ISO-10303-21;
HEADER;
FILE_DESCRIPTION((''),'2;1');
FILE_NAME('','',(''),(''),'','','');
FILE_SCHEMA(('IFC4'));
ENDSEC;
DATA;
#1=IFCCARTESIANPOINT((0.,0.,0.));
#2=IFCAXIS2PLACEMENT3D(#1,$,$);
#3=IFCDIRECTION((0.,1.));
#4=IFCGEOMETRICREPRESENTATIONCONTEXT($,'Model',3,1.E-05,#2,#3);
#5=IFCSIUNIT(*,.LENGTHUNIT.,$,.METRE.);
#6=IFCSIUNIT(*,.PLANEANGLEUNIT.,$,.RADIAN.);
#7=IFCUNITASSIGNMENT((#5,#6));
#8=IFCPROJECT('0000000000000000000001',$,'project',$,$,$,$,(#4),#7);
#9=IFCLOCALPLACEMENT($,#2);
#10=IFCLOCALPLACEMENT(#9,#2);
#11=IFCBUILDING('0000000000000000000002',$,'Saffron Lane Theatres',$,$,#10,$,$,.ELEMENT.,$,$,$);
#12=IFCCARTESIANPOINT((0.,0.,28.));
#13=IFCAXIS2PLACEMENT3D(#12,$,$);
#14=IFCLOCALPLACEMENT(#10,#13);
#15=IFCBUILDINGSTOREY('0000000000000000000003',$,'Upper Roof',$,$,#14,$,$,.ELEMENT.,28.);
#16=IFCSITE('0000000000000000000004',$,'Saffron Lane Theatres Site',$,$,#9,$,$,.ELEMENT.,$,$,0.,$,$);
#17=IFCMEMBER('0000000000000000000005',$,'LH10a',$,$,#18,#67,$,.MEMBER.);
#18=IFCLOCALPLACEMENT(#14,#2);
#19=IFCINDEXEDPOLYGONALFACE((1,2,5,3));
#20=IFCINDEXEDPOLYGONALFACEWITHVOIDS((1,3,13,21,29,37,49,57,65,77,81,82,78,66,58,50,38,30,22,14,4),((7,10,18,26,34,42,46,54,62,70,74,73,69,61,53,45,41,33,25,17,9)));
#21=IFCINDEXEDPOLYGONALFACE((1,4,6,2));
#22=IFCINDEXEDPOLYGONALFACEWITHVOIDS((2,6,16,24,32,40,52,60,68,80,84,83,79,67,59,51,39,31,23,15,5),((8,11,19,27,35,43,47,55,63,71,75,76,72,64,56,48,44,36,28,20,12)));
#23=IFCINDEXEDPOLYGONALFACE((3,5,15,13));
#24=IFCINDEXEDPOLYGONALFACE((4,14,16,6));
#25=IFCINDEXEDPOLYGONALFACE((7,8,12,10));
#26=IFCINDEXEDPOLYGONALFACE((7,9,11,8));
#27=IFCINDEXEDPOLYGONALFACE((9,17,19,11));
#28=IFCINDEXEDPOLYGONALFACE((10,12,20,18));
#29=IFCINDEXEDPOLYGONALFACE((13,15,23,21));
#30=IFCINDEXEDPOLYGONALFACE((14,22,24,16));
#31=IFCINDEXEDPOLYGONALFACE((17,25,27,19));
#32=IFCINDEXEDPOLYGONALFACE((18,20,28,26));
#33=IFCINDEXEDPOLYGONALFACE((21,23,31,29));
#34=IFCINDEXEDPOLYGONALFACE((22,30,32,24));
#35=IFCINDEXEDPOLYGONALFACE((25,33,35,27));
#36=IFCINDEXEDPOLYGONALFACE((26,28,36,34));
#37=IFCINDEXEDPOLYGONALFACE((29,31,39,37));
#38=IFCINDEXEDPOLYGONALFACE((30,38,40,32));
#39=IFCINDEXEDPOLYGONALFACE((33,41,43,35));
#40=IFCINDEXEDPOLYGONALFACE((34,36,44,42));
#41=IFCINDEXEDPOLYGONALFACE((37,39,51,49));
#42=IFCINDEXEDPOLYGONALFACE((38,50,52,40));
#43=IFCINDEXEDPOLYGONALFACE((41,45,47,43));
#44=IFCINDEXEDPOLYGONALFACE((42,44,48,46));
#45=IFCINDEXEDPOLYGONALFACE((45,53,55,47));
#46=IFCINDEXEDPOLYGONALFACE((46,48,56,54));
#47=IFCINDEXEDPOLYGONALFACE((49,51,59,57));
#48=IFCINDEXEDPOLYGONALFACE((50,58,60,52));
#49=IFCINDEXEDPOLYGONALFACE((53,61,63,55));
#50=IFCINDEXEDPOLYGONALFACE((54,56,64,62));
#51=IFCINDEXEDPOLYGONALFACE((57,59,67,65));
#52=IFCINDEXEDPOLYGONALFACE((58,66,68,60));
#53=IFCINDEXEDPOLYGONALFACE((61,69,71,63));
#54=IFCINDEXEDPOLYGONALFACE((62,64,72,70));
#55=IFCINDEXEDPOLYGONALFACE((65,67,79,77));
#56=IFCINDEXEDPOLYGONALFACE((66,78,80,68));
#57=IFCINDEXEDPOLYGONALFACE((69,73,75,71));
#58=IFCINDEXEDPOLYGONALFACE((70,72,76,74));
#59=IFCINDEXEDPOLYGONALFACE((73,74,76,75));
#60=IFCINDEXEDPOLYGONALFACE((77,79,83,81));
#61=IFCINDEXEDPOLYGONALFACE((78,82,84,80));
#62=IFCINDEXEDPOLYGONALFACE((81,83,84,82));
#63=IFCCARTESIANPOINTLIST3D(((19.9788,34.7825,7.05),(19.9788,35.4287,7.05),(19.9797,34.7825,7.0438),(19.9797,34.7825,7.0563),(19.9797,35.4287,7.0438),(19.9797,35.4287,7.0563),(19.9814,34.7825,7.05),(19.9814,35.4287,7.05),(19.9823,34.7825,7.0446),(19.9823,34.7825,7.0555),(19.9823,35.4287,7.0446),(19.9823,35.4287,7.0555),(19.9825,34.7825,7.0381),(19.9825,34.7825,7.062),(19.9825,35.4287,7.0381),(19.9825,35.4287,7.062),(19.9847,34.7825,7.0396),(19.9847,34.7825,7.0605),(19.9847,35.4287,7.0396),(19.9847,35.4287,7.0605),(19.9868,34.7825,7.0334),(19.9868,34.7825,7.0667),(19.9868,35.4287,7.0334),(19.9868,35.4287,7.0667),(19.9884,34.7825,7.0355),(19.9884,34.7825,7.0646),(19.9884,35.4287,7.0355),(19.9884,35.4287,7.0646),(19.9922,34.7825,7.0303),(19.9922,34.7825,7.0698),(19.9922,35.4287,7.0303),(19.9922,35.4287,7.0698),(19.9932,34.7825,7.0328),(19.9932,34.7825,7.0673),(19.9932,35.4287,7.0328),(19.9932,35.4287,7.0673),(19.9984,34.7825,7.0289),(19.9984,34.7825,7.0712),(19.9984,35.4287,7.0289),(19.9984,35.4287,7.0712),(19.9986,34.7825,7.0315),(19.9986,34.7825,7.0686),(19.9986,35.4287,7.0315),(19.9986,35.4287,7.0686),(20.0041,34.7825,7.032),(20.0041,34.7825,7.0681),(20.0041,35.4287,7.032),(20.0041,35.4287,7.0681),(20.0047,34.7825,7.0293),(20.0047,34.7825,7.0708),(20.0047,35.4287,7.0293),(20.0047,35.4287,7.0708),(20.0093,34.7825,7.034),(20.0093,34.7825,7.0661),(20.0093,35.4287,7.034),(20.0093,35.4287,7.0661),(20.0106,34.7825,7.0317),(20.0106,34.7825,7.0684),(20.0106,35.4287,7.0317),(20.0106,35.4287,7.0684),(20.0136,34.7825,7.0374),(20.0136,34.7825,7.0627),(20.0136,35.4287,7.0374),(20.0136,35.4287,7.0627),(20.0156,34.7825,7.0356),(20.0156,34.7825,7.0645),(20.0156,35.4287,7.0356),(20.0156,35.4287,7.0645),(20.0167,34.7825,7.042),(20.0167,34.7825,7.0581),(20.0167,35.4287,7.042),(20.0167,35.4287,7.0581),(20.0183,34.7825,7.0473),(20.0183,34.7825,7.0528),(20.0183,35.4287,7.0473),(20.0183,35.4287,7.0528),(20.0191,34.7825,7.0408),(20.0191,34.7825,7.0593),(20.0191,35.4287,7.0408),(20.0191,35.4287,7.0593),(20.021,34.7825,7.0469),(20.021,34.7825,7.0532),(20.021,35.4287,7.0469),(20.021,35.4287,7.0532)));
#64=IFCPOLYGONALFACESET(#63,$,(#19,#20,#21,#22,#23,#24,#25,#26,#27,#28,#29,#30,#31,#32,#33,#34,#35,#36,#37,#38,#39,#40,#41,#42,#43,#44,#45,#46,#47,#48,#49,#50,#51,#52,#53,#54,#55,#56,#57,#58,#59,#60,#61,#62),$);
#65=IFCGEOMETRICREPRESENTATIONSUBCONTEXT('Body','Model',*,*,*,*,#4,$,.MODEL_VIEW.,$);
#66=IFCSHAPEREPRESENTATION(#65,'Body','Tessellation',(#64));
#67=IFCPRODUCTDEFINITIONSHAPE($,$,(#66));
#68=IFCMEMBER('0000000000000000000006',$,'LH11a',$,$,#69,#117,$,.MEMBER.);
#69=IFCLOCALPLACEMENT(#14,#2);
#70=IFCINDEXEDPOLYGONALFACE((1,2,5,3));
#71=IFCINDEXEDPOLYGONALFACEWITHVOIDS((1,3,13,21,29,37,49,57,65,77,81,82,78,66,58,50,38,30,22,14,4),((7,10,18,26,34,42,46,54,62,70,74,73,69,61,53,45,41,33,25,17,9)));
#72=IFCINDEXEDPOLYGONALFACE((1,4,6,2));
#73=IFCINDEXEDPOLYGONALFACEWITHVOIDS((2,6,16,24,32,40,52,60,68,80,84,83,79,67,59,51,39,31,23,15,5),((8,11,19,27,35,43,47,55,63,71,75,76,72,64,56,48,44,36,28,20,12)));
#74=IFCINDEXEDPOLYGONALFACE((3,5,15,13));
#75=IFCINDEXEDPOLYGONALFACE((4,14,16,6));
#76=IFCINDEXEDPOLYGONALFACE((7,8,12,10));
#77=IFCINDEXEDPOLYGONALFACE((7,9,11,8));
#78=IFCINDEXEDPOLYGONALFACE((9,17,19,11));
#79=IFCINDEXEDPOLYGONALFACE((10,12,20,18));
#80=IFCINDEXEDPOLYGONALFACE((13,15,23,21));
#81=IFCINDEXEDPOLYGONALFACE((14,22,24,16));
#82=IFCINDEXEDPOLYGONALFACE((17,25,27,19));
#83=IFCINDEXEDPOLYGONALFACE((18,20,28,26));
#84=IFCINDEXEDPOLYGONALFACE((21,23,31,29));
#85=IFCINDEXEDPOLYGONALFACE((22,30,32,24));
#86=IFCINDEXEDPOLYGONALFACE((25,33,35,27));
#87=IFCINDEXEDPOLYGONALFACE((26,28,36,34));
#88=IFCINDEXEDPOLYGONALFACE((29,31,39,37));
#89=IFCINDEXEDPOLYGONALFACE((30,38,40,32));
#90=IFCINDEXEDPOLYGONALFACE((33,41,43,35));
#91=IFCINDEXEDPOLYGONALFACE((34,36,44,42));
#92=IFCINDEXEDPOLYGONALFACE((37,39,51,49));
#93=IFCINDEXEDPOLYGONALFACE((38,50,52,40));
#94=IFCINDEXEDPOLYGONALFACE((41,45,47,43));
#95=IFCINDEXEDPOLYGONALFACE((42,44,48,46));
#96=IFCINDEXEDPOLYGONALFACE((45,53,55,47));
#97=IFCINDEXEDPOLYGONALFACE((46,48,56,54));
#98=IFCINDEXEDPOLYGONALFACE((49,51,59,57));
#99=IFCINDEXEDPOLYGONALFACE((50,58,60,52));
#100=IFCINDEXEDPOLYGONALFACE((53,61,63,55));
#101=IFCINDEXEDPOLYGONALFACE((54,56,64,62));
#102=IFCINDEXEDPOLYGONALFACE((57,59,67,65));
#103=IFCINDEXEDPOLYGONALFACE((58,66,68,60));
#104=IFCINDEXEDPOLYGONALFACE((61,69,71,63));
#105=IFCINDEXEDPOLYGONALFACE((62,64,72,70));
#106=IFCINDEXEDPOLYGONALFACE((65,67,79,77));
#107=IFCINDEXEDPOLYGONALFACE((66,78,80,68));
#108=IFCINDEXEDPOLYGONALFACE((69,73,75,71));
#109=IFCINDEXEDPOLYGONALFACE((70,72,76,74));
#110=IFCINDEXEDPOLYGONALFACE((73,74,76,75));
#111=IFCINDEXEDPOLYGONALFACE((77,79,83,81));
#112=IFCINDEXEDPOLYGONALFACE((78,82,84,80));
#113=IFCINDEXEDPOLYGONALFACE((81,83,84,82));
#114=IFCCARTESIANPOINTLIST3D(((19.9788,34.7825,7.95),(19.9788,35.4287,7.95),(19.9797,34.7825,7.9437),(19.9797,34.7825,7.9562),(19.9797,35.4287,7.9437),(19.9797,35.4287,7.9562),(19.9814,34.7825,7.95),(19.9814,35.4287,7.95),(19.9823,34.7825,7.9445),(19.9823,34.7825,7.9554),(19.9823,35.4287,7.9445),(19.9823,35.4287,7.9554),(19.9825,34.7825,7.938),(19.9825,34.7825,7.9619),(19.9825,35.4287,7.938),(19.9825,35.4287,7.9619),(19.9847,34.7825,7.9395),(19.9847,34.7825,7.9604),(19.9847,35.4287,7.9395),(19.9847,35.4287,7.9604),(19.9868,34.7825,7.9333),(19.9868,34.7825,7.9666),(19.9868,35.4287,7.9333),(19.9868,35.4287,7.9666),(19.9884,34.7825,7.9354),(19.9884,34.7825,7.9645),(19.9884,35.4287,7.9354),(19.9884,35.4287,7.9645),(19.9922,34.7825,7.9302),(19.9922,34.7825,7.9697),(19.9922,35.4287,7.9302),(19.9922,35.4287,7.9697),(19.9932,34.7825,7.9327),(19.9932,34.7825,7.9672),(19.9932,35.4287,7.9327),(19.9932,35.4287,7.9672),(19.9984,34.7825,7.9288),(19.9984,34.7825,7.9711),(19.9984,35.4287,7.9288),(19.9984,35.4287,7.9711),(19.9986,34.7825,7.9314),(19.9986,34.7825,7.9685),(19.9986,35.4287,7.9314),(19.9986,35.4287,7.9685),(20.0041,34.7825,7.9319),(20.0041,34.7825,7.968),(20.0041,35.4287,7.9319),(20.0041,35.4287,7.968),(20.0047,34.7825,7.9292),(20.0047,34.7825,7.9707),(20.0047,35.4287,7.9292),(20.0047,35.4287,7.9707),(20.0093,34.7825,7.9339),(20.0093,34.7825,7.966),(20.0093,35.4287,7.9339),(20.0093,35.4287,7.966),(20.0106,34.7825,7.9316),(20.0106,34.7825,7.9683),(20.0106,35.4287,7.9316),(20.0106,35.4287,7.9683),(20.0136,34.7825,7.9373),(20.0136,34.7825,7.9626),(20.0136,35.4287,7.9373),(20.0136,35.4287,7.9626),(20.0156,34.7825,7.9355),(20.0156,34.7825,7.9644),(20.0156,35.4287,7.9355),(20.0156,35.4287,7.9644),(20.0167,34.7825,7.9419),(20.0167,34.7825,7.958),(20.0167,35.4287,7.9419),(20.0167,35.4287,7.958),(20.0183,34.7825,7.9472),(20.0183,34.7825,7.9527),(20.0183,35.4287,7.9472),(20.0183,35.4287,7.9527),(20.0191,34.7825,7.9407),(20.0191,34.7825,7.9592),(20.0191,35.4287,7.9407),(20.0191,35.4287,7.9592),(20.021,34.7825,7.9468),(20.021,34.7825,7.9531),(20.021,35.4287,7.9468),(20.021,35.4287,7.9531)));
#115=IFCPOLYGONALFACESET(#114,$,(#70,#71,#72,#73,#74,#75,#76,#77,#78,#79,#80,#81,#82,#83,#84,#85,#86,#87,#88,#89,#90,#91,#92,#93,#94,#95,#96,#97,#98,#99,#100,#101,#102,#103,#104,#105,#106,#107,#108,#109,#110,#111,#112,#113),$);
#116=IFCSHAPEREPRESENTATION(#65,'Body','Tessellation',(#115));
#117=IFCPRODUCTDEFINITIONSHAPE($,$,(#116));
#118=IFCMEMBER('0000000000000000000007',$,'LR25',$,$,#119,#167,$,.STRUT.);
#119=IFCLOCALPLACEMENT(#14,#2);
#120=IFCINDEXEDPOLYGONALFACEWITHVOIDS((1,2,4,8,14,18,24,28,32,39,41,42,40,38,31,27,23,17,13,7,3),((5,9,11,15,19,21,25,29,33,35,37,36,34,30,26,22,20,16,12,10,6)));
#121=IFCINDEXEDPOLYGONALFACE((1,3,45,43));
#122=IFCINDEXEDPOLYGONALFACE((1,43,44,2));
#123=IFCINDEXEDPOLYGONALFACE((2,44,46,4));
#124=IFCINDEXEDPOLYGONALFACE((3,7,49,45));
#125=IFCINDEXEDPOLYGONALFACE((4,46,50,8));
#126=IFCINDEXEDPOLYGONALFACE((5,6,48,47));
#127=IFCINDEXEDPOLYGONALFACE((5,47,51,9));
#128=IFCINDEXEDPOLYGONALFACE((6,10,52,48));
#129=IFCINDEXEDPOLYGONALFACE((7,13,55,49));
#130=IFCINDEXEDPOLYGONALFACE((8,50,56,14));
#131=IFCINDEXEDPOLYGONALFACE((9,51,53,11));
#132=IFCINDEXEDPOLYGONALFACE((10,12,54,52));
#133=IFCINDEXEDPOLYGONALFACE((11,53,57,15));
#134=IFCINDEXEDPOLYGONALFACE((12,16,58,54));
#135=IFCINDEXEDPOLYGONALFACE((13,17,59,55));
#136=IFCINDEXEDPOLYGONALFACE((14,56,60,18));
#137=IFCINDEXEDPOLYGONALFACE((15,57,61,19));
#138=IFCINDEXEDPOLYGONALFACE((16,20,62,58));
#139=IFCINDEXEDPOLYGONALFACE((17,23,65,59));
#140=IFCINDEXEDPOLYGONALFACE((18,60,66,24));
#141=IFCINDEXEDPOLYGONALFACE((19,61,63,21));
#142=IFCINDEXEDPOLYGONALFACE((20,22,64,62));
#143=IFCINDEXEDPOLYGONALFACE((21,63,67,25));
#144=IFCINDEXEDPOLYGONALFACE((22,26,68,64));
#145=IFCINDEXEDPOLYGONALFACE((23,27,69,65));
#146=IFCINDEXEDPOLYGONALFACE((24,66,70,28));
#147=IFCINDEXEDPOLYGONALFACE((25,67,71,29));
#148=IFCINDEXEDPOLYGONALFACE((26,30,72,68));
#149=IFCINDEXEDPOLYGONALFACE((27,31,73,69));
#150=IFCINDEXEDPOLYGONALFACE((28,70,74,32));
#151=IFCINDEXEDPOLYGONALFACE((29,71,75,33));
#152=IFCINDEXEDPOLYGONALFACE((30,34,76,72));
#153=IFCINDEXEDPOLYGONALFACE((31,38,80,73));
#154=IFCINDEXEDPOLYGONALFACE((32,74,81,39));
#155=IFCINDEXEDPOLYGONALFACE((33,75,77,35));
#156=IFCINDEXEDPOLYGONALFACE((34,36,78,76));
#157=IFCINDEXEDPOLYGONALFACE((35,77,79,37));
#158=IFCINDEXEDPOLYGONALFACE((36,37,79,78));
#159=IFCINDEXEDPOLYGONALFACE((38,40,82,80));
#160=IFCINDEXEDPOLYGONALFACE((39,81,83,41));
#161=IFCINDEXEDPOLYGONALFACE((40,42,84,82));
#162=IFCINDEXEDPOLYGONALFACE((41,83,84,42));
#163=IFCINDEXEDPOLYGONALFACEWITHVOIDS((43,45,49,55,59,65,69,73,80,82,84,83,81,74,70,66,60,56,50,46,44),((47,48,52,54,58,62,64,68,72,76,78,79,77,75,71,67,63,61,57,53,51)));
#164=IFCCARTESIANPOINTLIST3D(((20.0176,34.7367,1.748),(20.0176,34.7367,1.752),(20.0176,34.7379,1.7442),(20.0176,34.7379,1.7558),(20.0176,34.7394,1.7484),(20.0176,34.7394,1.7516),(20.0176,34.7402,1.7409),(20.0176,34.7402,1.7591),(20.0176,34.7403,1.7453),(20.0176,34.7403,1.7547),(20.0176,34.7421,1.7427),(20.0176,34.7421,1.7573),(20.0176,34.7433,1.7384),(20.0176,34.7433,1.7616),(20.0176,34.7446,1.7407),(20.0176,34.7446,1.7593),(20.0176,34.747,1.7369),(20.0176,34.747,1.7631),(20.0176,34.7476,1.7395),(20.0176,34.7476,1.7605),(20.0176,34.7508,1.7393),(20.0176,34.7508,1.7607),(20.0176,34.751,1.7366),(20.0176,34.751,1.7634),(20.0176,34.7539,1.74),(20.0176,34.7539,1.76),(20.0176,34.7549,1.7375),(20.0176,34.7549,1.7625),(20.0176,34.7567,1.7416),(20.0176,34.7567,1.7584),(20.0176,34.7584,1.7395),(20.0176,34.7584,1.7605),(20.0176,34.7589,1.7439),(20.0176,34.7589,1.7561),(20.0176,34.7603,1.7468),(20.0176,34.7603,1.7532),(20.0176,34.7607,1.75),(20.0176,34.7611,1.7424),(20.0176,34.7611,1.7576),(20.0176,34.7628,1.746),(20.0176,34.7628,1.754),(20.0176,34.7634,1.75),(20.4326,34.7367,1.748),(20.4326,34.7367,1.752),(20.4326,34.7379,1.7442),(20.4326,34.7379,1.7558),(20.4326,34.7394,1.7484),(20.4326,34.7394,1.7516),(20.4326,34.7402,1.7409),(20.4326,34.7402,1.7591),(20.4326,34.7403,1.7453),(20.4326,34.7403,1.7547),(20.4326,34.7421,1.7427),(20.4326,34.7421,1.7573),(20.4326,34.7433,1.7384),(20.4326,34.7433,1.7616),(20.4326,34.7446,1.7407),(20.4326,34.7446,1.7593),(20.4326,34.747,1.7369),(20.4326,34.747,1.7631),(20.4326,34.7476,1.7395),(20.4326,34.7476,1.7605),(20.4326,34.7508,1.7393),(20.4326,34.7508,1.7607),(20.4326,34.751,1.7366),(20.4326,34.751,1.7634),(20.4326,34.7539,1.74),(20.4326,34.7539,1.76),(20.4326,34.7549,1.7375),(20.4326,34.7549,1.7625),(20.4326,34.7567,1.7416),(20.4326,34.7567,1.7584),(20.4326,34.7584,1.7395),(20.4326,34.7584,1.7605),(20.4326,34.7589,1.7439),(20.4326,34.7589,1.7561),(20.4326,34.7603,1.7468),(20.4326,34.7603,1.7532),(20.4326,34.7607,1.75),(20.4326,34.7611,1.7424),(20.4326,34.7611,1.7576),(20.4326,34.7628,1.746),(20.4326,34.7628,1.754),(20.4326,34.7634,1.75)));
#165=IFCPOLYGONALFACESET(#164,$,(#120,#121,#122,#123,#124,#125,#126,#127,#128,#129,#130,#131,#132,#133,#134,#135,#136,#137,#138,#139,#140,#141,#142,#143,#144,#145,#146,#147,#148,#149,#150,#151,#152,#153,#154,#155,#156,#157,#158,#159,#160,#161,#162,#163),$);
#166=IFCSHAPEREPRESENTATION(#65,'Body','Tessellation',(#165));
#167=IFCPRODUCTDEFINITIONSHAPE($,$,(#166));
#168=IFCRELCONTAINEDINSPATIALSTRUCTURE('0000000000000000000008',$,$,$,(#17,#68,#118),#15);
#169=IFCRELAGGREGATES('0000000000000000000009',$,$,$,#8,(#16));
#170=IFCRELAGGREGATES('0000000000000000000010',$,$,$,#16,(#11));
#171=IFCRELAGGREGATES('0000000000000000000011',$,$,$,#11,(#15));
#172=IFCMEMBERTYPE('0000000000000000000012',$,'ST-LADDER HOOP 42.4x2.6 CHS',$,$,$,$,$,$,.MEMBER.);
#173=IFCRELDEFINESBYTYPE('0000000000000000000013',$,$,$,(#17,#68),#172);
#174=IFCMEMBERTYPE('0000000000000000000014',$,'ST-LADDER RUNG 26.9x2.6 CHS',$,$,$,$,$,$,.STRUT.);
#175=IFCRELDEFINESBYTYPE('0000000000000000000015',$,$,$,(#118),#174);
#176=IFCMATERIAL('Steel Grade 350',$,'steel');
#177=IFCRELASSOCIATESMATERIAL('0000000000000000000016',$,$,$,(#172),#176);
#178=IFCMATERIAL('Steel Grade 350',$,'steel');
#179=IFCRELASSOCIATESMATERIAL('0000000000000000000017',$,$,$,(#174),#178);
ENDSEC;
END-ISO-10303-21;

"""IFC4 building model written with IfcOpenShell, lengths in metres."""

from ifc_helpers import new_model, si_unit, direction, frame, origin, origin_2d, place, context, subcontext, project, spatial, hollow_circle, extrude, material, material_profile, profile_set, type_object, element, save


model = new_model("IFC4")

# Units and contexts
model_context = context("Model", 3, precision=1e-05, world=origin(), true_north=direction((0.0, 1.0)))
body_context = subcontext(model_context, "Body", "Model", "MODEL_VIEW")
ifc_project = project(units=[si_unit("LENGTHUNIT", "METRE"), si_unit("PLANEANGLEUNIT", "RADIAN")], contexts=[model_context])

# Site, building, storey
site_placement = place(None, origin())
site = spatial("IfcSite", under=ifc_project, at=site_placement, Name="Saffron Lane Theatres Site", CompositionType="ELEMENT", RefElevation=0.0)
building_placement = place(site_placement, origin())
building = spatial("IfcBuilding", under=site, at=building_placement, Name="Saffron Lane Theatres", CompositionType="ELEMENT")
storey_placement = place(building_placement, frame((0.0, 0.0, 28.0)))
storey = spatial("IfcBuildingStorey", under=building, at=storey_placement, Name="Upper Roof", CompositionType="ELEMENT", Elevation=28.0)

# Members
ifc_material_1 = material(Name="Steel Grade 350", Category="steel")
ifc_material_profile_1 = material_profile(ifc_material_1, hollow_circle(Radius=0.0212, WallThickness=0.0027, at=origin_2d()))
ifc_profile_set_1 = profile_set([ifc_material_profile_1], Name="Steel Grade 350")
member_type_1 = type_object("IfcMemberType", Name="ST-LADDER HOOP 42.4x2.6 CHS", PredefinedType="MEMBER", material=ifc_profile_set_1)
for number, where, z_axis, x_axis, name in (
    (1, (20.0, 34.7825, 7.05), (0.0, 1.0, 0.0), (-1.0, 0.0, 0.0), "LH10a"),
    (2, (20.0, 34.7825, 7.95), (0.0, 1.0, 0.0), (-1.0, 0.0, 0.0), "LH11a"),
):
    element("IfcMember", number, at=place(storey_placement, frame(where, z_axis=z_axis, x_axis=x_axis)), inside=storey, type_object=member_type_1, Name=name, PredefinedType="MEMBER", context=body_context, shape_type="SweptSolid", body=[
        extrude(hollow_circle(Radius=0.0212, WallThickness=0.0027, at=origin_2d()), origin(), (0.0, 0.0, 1.0), 0.6462),
    ])
ifc_material_2 = material(Name="Steel Grade 350", Category="steel")
ifc_material_profile_2 = material_profile(ifc_material_2, hollow_circle(Radius=0.0134, WallThickness=0.0027, at=origin_2d()))
ifc_profile_set_2 = profile_set([ifc_material_profile_2], Name="Steel Grade 350")
member_type_2 = type_object("IfcMemberType", Name="ST-LADDER RUNG 26.9x2.6 CHS", PredefinedType="STRUT", material=ifc_profile_set_2)
for number, where, z_axis, x_axis, name in (
    (3, (20.0176, 34.75, 1.75), (1.0, 0.0, 0.0), (0.0, 1.0, 0.0), "LR25"),
):
    element("IfcMember", number, at=place(storey_placement, frame(where, z_axis=z_axis, x_axis=x_axis)), inside=storey, type_object=member_type_2, Name=name, PredefinedType="STRUT", context=body_context, shape_type="SweptSolid", body=[
        extrude(hollow_circle(Radius=0.0134, WallThickness=0.0027, at=origin_2d()), origin(), (0.0, 0.0, 1.0), 0.415),
    ])

save(model, "model.ifc")
